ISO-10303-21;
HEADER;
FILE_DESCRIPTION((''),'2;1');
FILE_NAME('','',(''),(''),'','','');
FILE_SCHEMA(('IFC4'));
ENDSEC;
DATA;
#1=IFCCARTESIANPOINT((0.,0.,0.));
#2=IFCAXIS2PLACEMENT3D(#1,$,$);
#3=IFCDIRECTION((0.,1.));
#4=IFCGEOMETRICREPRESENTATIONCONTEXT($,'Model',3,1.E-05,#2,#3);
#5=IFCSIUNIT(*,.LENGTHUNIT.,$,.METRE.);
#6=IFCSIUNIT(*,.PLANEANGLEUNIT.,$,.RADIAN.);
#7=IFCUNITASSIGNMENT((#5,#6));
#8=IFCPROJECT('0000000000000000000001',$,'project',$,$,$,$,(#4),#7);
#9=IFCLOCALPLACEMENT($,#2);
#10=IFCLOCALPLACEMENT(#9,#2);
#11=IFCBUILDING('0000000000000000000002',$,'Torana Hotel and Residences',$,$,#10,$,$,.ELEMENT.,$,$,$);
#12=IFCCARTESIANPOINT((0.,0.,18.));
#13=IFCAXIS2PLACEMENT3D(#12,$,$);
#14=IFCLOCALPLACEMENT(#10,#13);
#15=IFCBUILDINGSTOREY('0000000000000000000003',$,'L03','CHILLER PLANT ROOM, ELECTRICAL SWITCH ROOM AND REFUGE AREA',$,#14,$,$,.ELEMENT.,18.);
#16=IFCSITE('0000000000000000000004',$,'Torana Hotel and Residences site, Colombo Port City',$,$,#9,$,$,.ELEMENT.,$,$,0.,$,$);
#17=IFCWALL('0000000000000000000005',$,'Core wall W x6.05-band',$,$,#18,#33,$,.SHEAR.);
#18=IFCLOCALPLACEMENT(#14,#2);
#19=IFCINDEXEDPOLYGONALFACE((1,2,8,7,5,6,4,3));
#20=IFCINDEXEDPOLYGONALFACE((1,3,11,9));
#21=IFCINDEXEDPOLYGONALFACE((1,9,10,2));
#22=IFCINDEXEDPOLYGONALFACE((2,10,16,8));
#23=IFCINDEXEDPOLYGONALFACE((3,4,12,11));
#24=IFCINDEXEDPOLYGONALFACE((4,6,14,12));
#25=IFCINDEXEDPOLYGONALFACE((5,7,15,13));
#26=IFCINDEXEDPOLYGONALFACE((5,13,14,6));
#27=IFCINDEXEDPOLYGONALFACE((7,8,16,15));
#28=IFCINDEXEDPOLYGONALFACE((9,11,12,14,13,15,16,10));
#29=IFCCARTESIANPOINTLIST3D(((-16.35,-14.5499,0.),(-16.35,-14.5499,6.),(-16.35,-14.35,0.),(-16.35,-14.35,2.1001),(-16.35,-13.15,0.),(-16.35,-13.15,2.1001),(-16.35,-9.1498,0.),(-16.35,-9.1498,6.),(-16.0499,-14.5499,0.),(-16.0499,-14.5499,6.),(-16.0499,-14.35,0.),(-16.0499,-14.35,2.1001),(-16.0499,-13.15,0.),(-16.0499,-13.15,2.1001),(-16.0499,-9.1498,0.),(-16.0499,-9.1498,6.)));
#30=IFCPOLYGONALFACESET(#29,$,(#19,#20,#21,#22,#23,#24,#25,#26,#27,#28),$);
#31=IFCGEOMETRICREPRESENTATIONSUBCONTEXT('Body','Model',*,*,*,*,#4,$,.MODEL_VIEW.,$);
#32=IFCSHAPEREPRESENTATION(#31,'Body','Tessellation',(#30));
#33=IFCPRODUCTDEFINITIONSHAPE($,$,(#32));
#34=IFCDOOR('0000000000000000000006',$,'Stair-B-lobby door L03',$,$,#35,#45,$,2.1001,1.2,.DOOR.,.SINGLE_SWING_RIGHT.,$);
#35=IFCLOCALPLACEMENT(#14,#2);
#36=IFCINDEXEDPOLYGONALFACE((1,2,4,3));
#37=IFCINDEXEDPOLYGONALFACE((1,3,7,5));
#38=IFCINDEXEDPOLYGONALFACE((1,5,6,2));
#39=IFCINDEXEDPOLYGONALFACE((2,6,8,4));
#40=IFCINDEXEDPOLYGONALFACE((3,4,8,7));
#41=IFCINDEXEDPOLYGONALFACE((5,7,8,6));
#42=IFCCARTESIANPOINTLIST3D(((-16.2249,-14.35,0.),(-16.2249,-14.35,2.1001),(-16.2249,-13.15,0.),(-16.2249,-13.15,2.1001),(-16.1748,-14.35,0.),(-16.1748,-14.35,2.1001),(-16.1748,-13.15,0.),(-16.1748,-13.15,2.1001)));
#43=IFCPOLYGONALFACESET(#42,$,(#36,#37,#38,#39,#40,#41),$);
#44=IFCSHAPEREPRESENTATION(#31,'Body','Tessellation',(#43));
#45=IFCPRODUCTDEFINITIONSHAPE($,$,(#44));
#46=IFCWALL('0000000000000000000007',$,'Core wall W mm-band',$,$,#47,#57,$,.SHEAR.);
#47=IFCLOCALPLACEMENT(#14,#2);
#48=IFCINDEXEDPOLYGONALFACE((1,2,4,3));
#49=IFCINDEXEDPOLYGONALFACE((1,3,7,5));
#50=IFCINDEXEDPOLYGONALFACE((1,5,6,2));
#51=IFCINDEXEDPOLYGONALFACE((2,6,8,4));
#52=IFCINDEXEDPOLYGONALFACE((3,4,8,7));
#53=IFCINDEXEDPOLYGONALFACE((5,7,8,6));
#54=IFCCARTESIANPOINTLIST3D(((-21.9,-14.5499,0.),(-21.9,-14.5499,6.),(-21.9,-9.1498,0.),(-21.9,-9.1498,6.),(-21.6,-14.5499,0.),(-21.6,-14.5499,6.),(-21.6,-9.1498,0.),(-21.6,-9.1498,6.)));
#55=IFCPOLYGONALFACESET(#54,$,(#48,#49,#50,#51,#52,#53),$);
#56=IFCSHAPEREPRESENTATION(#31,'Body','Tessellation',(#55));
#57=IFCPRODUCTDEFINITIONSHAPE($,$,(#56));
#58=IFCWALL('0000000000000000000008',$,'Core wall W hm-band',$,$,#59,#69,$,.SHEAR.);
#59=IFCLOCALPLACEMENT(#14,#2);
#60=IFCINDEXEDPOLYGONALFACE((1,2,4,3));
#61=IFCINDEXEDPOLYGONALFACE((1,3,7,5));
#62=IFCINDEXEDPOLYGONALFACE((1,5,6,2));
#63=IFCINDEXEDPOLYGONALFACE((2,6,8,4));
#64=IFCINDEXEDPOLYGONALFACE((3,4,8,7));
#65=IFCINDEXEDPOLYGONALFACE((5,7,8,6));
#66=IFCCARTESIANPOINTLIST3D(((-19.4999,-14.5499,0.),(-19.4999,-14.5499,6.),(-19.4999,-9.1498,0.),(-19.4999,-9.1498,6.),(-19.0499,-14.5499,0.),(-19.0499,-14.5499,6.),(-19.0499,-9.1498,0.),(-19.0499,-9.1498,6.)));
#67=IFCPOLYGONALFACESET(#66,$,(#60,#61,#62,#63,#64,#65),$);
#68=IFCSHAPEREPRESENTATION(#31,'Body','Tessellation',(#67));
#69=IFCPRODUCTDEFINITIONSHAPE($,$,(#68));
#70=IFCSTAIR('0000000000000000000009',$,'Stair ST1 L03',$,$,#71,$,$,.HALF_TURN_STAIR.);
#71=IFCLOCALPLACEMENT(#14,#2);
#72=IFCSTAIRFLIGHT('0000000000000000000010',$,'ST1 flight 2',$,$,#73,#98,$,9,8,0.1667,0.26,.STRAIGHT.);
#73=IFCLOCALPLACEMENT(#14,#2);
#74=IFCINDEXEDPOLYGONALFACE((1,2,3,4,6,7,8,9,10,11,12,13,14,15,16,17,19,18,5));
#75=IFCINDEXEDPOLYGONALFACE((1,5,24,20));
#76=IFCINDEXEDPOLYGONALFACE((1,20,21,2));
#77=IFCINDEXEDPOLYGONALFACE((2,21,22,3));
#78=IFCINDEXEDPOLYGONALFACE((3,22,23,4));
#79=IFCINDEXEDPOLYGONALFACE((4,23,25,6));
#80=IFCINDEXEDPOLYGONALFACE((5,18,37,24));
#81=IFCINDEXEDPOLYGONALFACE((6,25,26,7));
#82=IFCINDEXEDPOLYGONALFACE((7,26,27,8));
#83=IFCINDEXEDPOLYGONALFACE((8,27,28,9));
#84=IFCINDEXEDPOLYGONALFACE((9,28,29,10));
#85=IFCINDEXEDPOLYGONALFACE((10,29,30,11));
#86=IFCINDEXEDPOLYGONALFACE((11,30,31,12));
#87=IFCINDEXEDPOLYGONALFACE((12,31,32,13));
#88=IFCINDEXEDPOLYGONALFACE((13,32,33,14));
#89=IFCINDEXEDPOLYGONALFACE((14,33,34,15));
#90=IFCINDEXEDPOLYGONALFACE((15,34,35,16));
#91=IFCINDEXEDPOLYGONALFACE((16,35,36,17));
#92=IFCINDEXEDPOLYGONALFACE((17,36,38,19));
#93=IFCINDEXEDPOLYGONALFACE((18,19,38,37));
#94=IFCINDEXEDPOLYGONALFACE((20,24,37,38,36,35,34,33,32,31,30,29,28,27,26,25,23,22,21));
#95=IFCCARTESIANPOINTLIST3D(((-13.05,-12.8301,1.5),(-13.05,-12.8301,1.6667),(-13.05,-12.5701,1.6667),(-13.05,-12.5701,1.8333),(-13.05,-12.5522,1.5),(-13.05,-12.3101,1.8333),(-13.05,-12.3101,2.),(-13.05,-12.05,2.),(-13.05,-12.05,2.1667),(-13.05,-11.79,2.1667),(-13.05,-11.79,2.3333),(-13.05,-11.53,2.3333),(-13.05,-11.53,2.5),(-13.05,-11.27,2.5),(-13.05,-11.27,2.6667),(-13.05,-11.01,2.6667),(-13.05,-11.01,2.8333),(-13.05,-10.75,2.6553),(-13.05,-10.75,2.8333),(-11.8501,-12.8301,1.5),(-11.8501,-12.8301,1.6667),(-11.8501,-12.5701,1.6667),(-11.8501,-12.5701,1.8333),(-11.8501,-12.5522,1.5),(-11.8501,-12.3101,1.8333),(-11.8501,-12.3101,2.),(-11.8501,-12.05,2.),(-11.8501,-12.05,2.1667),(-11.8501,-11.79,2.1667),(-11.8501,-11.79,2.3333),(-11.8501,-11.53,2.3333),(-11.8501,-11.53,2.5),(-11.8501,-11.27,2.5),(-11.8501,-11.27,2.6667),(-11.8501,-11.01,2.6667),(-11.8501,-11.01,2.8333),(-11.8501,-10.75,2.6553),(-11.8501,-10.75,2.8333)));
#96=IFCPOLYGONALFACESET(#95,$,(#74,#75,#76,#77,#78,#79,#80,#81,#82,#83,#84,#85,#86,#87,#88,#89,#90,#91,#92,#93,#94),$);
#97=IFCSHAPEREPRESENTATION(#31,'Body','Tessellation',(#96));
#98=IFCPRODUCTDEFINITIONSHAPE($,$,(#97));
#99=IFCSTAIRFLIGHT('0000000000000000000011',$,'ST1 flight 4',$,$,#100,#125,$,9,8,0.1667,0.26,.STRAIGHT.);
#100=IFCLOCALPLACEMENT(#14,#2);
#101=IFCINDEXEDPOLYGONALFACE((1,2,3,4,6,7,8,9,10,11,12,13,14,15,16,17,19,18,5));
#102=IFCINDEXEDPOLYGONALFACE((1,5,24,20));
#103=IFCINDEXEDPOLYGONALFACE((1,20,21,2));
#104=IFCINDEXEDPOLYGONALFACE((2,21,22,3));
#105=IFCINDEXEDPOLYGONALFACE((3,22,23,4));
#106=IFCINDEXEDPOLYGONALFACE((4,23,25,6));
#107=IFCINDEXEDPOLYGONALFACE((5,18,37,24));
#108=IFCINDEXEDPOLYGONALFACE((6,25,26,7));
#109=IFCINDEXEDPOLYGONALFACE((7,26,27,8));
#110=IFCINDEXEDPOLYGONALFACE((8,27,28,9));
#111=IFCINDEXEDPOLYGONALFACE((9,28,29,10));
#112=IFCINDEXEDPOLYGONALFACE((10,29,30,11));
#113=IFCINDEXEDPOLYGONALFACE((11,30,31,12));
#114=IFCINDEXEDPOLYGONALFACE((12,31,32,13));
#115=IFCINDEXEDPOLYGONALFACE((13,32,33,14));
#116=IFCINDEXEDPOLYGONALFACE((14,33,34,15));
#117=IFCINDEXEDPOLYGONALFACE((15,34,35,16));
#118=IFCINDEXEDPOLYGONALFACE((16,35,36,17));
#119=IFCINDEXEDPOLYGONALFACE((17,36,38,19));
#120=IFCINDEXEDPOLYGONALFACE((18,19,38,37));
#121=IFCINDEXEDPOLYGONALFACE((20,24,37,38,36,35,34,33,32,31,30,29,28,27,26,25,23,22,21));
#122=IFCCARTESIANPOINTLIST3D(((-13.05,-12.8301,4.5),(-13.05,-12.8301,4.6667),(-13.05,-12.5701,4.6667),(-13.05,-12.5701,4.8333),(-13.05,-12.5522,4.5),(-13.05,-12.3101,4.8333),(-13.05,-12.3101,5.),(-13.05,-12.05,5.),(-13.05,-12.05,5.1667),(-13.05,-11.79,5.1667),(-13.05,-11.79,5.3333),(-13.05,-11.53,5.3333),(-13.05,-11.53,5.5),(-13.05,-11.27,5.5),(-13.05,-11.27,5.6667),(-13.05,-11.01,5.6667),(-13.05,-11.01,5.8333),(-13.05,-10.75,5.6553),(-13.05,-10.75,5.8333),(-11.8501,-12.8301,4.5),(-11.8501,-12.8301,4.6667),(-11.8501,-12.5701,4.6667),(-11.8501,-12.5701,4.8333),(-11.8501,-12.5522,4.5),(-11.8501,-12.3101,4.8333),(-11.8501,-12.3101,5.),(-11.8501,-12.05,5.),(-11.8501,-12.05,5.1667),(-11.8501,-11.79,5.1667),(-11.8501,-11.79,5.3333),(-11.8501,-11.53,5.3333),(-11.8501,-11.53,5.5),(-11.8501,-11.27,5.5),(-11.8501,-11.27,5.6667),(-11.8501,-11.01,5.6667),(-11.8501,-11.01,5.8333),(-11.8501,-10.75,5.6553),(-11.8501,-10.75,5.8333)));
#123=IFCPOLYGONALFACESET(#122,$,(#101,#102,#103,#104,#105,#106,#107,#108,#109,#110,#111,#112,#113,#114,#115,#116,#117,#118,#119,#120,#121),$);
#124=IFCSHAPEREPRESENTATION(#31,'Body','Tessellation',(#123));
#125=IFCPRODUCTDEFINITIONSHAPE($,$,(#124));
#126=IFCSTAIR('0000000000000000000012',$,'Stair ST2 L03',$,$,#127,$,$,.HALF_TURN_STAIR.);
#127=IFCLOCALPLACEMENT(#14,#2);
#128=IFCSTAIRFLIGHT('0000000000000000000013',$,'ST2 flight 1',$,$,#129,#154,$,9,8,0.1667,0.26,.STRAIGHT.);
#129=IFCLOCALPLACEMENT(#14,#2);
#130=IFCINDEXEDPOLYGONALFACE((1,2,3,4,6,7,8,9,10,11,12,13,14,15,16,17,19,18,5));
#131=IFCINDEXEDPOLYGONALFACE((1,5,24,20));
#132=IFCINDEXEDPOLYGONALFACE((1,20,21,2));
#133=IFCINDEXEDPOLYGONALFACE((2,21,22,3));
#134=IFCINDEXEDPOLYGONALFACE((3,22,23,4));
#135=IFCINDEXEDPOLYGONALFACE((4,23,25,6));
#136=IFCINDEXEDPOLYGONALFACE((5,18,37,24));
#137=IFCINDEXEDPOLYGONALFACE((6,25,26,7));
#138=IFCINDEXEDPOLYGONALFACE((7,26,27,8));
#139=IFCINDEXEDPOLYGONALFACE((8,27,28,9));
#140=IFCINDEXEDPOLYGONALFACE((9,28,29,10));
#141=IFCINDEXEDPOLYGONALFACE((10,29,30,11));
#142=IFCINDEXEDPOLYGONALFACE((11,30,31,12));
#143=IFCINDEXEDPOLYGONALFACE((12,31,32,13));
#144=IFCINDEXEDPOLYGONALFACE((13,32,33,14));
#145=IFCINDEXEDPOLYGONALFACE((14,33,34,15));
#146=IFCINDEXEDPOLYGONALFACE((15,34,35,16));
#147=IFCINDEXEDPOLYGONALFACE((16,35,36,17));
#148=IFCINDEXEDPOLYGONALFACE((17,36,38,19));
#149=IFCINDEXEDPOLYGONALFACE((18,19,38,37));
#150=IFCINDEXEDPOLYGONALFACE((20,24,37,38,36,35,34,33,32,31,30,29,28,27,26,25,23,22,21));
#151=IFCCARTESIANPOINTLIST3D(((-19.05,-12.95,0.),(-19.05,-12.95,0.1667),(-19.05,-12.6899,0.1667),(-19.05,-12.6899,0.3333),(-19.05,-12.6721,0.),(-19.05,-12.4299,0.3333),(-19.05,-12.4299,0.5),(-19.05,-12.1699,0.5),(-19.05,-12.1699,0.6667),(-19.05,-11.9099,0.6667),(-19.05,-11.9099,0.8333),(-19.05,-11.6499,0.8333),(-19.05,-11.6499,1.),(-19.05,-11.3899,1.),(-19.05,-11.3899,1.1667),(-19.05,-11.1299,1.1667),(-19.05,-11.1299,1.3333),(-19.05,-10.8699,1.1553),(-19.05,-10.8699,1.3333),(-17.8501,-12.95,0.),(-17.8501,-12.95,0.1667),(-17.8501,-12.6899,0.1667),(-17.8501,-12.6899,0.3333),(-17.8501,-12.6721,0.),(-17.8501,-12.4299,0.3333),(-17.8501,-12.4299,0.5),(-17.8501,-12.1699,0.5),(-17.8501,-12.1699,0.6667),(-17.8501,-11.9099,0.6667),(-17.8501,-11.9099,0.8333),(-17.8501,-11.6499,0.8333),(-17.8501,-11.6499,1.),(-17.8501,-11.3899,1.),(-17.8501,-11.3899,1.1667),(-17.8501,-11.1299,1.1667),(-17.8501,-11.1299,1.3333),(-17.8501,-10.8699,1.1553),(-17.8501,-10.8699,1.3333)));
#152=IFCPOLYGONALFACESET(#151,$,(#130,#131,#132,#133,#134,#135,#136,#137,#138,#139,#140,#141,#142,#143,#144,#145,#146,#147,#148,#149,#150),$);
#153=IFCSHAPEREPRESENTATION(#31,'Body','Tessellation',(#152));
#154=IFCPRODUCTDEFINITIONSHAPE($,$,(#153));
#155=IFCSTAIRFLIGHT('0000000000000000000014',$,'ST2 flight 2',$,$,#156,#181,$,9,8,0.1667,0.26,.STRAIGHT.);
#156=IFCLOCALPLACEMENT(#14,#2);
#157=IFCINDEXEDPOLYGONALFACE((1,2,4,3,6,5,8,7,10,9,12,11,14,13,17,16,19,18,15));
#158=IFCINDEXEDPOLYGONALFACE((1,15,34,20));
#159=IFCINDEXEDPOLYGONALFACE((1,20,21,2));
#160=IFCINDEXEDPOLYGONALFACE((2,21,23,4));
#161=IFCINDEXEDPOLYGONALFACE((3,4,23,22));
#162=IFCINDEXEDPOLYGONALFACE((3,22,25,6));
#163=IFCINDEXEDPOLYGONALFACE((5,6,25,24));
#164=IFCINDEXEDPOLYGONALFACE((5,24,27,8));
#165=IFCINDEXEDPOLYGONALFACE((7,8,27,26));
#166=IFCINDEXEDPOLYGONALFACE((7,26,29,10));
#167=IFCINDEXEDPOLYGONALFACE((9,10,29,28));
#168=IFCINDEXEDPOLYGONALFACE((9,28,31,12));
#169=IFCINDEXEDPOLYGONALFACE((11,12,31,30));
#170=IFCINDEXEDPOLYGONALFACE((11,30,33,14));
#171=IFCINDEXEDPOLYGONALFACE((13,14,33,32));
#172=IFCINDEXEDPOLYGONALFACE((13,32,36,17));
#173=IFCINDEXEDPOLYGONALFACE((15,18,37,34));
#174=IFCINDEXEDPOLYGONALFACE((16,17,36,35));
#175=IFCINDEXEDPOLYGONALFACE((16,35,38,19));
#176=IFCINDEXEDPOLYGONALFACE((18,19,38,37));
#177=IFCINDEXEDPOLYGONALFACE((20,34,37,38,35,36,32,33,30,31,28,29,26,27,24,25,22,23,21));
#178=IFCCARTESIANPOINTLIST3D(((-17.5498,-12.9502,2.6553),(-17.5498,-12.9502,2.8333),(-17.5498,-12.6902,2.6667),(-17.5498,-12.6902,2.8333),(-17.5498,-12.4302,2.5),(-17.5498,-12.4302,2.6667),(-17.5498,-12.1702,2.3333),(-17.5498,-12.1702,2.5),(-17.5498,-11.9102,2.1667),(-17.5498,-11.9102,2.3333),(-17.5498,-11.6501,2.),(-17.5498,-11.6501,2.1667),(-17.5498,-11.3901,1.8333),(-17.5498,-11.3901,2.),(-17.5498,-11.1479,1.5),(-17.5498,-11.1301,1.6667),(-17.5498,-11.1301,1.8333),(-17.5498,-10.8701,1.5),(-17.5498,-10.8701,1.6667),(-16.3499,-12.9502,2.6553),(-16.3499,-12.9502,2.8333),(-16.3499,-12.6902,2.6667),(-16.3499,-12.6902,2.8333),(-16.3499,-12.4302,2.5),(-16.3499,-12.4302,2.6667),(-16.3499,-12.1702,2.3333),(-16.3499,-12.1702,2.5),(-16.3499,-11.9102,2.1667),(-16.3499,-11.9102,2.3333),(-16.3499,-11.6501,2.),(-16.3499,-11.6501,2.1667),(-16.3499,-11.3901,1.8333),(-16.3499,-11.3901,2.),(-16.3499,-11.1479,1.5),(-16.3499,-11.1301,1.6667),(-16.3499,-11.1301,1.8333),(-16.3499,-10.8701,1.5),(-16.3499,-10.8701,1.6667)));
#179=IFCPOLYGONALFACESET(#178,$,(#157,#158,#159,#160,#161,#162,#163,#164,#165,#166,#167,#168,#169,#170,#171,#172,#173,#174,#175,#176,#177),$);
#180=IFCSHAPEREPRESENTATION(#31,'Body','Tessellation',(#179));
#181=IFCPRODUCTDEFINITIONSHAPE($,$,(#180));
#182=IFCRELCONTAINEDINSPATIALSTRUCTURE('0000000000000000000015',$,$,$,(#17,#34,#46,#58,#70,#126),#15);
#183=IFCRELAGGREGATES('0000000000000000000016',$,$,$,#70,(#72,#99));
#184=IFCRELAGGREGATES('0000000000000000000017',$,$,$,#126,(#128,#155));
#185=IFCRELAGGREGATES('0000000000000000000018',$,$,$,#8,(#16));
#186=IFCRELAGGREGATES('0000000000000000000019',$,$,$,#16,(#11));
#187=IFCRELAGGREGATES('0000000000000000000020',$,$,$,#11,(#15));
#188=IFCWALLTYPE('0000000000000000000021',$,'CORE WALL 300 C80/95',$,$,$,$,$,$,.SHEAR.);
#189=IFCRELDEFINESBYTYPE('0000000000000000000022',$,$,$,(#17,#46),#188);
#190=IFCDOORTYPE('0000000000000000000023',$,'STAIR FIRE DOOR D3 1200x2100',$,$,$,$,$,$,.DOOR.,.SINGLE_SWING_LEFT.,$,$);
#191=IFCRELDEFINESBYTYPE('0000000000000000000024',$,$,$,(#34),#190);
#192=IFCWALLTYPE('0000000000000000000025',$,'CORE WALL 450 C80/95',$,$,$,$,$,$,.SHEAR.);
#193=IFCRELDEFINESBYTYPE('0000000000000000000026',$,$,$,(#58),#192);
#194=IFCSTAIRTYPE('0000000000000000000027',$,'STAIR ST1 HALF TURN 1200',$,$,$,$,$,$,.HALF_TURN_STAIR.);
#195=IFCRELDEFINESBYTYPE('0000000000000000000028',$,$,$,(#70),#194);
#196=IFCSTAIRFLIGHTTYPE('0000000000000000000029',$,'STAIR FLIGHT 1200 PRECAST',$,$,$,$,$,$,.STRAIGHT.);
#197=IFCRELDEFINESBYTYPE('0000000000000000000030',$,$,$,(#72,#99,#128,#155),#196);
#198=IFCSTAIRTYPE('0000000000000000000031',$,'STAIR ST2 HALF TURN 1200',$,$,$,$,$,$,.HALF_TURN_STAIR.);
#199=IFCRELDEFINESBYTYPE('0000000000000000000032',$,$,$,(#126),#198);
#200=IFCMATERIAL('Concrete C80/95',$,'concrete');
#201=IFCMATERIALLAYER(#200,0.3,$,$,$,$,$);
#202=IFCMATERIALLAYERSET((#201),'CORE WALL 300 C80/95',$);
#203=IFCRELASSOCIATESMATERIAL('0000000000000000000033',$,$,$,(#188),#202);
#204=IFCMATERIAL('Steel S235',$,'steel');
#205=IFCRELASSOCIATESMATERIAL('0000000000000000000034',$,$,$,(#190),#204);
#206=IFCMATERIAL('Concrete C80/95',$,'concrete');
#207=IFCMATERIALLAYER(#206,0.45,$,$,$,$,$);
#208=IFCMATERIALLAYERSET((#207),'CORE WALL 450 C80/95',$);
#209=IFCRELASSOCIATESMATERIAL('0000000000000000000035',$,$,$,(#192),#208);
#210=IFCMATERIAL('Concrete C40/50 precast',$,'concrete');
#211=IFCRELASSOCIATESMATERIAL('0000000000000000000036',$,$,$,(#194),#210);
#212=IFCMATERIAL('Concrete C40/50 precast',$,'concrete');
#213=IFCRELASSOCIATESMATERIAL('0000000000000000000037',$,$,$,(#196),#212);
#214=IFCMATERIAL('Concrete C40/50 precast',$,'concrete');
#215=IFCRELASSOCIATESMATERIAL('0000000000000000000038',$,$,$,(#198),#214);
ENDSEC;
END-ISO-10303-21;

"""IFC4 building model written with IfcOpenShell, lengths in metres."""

from ifc_helpers import new_model, si_unit, direction, frame, frame_2d, origin, place, context, subcontext, project, spatial, polyline, rectangle, outline, extrude, material, layer, layer_set, type_object, element, fill, aggregate, save


model = new_model("IFC4")

# Units and contexts
model_context = context("Model", 3, precision=1e-05, world=origin(), true_north=direction((0.0, 1.0)))
body_context = subcontext(model_context, "Body", "Model", "MODEL_VIEW")
ifc_project = project(units=[si_unit("LENGTHUNIT", "METRE"), si_unit("PLANEANGLEUNIT", "RADIAN")], contexts=[model_context])

# Site, building, storey
site_placement = place(None, origin())
site = spatial("IfcSite", under=ifc_project, at=site_placement, Name="Torana Hotel and Residences site, Colombo Port City", CompositionType="ELEMENT", RefElevation=0.0)
building_placement = place(site_placement, origin())
building = spatial("IfcBuilding", under=site, at=building_placement, Name="Torana Hotel and Residences", CompositionType="ELEMENT")
storey_placement = place(building_placement, frame((0.0, 0.0, 18.0)))
storey = spatial("IfcBuildingStorey", under=building, at=storey_placement, Name="L03", Description="CHILLER PLANT ROOM, ELECTRICAL SWITCH ROOM AND REFUGE AREA", CompositionType="ELEMENT", Elevation=18.0)

# Wall, opening, door
ifc_material_1 = material(Name="Concrete C80/95", Category="concrete")
ifc_layer_1 = layer(ifc_material_1, 0.3)
ifc_layer_set_1 = layer_set([ifc_layer_1], Name="CORE WALL 300 C80/95")
wall_type_1 = type_object("IfcWallType", Name="CORE WALL 300 C80/95", PredefinedType="SHEAR", material=ifc_layer_set_1)
ifc_material_2 = material(Name="Steel S235", Category="steel")
door_type = type_object("IfcDoorType", Name="STAIR FIRE DOOR D3 1200x2100", OperationType="SINGLE_SWING_LEFT", PredefinedType="DOOR", material=ifc_material_2)
wall_1_placement = place(storey_placement, frame((-16.2, -14.55, 0.0), z_axis=(0.0, 0.0, 1.0), x_axis=(0.0, 1.0, 0.0)))
wall_1 = element("IfcWall", 1, at=wall_1_placement, inside=storey, type_object=wall_type_1, Name="Core wall W x6.05-band", PredefinedType="SHEAR", context=body_context, shape_type="SweptSolid", body=[
    extrude(rectangle(XDim=5.4001, YDim=0.3, at=frame_2d((2.7002, 0.0))), origin(), (0.0, 0.0, 1.0), 6.0),
])
opening_1_placement = place(wall_1_placement, frame((0.2, 0.0, 0.0)))
opening_1 = element("IfcOpeningElement", 2, at=opening_1_placement, cuts=wall_1, PredefinedType="OPENING", context=body_context, shape_type="SweptSolid", body=[
    extrude(rectangle(XDim=1.2, YDim=2.1001, at=frame_2d((0.6001, 1.05))), frame((0.0, 0.1599, 0.0), z_axis=(0.0, -1.0, 0.0), x_axis=(1.0, 0.0, 0.0)), (0.0, 0.0, 1.0), 0.3201),
])
door_1_placement = place(opening_1_placement, origin())
door_1 = element("IfcDoor", 3, at=door_1_placement, inside=storey, type_object=door_type, Name="Stair-B-lobby door L03", OperationType="SINGLE_SWING_RIGHT", OverallHeight=2.1001, OverallWidth=1.2, PredefinedType="DOOR", context=body_context, shape_type="SweptSolid", body=[
    extrude(rectangle(XDim=1.2, YDim=2.1001, at=frame_2d((0.6001, 1.05))), frame((0.0, 0.0249, 0.0), z_axis=(0.0, -1.0, 0.0), x_axis=(1.0, 0.0, 0.0)), (0.0, 0.0, 1.0), 0.05),
])
fill(opening_1, door_1)

# Walls
wall_2_placement = place(storey_placement, frame((-21.75, -14.55, 0.0), z_axis=(0.0, 0.0, 1.0), x_axis=(0.0, 1.0, 0.0)))
element("IfcWall", 4, at=wall_2_placement, inside=storey, type_object=wall_type_1, Name="Core wall W mm-band", PredefinedType="SHEAR", context=body_context, shape_type="SweptSolid", body=[
    extrude(rectangle(XDim=5.4001, YDim=0.3, at=frame_2d((2.7002, 0.0))), origin(), (0.0, 0.0, 1.0), 6.0),
])
ifc_material_3 = material(Name="Concrete C80/95", Category="concrete")
ifc_layer_2 = layer(ifc_material_3, 0.45)
ifc_layer_set_2 = layer_set([ifc_layer_2], Name="CORE WALL 450 C80/95")
wall_type_2 = type_object("IfcWallType", Name="CORE WALL 450 C80/95", PredefinedType="SHEAR", material=ifc_layer_set_2)
wall_3_placement = place(storey_placement, frame((-19.2749, -14.55, 0.0), z_axis=(0.0, 0.0, 1.0), x_axis=(0.0, 1.0, 0.0)))
element("IfcWall", 5, at=wall_3_placement, inside=storey, type_object=wall_type_2, Name="Core wall W hm-band", PredefinedType="SHEAR", context=body_context, shape_type="SweptSolid", body=[
    extrude(rectangle(XDim=5.4001, YDim=0.45, at=frame_2d((2.7002, 0.0))), origin(), (0.0, 0.0, 1.0), 6.0),
])

# Stairs, stair flights
ifc_material_4 = material(Name="Concrete C40/50 precast", Category="concrete")
stair_type_1 = type_object("IfcStairType", Name="STAIR ST1 HALF TURN 1200", PredefinedType="HALF_TURN_STAIR", material=ifc_material_4)
stair_1_placement = place(storey_placement, origin())
stair_1 = element("IfcStair", 6, at=stair_1_placement, inside=storey, type_object=stair_type_1, Name="Stair ST1 L03", PredefinedType="HALF_TURN_STAIR")
ifc_material_5 = material(Name="Concrete C40/50 precast", Category="concrete")
stair_flight_type = type_object("IfcStairFlightType", Name="STAIR FLIGHT 1200 PRECAST", PredefinedType="STRAIGHT", material=ifc_material_5)
stair_flight_1_placement = place(storey_placement, frame((-12.45, -12.8301, 1.5), z_axis=(0.0, 0.0, 1.0), x_axis=(0.0, 1.0, 0.0)))
stair_flight_1 = element("IfcStairFlight", 7, at=stair_flight_1_placement, type_object=stair_flight_type, Name="ST1 flight 2", NumberOfRisers=9, NumberOfTreads=8, PredefinedType="STRAIGHT", RiserHeight=0.1667, TreadLength=0.26, context=body_context, shape_type="SweptSolid", body=[
    extrude(outline(polyline([(0.0, 0.0), (0.0, 0.1667), (0.26, 0.1667), (0.26, 0.3333), (0.52, 0.3333), (0.52, 0.5), (0.78, 0.5), (0.78, 0.6667), (1.04, 0.6667), (1.04, 0.8333), (1.3, 0.8333), (1.3, 1.0), (1.5601, 1.0), (1.5601, 1.1667), (1.8201, 1.1667), (1.8201, 1.3333), (2.0801, 1.3333), (2.0801, 1.5), (2.0801, 1.1553), (0.2778, 0.0), (0.0, 0.0)])), frame((0.0, 0.6001, 0.0), z_axis=(0.0, -1.0, 0.0), x_axis=(1.0, 0.0, 0.0)), (0.0, 0.0, 1.0), 1.2),
])
stair_flight_2_placement = place(storey_placement, frame((-12.45, -12.8301, 4.5), z_axis=(0.0, 0.0, 1.0), x_axis=(0.0, 1.0, 0.0)))
stair_flight_2 = element("IfcStairFlight", 8, at=stair_flight_2_placement, type_object=stair_flight_type, Name="ST1 flight 4", NumberOfRisers=9, NumberOfTreads=8, PredefinedType="STRAIGHT", RiserHeight=0.1667, TreadLength=0.26, context=body_context, shape_type="SweptSolid", body=[
    extrude(outline(polyline([(0.0, 0.0), (0.0, 0.1667), (0.26, 0.1667), (0.26, 0.3333), (0.52, 0.3333), (0.52, 0.5), (0.78, 0.5), (0.78, 0.6667), (1.04, 0.6667), (1.04, 0.8333), (1.3, 0.8333), (1.3, 1.0), (1.5601, 1.0), (1.5601, 1.1667), (1.8201, 1.1667), (1.8201, 1.3333), (2.0801, 1.3333), (2.0801, 1.5), (2.0801, 1.1553), (0.2778, 0.0), (0.0, 0.0)])), frame((0.0, 0.6001, 0.0), z_axis=(0.0, -1.0, 0.0), x_axis=(1.0, 0.0, 0.0)), (0.0, 0.0, 1.0), 1.2),
])
aggregate(stair_1, [stair_flight_1, stair_flight_2])
ifc_material_6 = material(Name="Concrete C40/50 precast", Category="concrete")
stair_type_2 = type_object("IfcStairType", Name="STAIR ST2 HALF TURN 1200", PredefinedType="HALF_TURN_STAIR", material=ifc_material_6)
stair_2_placement = place(storey_placement, origin())
stair_2 = element("IfcStair", 9, at=stair_2_placement, inside=storey, type_object=stair_type_2, Name="Stair ST2 L03", PredefinedType="HALF_TURN_STAIR")
stair_flight_3_placement = place(storey_placement, frame((-18.45, -12.95, 0.0), z_axis=(0.0, 0.0, 1.0), x_axis=(0.0, 1.0, 0.0)))
stair_flight_3 = element("IfcStairFlight", 10, at=stair_flight_3_placement, type_object=stair_flight_type, Name="ST2 flight 1", NumberOfRisers=9, NumberOfTreads=8, PredefinedType="STRAIGHT", RiserHeight=0.1667, TreadLength=0.26, context=body_context, shape_type="SweptSolid", body=[
    extrude(outline(polyline([(0.0, 0.0), (0.0, 0.1667), (0.26, 0.1667), (0.26, 0.3333), (0.52, 0.3333), (0.52, 0.5), (0.78, 0.5), (0.78, 0.6667), (1.04, 0.6667), (1.04, 0.8333), (1.3, 0.8333), (1.3, 1.0), (1.5601, 1.0), (1.5601, 1.1667), (1.8201, 1.1667), (1.8201, 1.3333), (2.0801, 1.3333), (2.0801, 1.5), (2.0801, 1.1553), (0.2778, 0.0), (0.0, 0.0)])), frame((0.0, 0.6001, 0.0), z_axis=(0.0, -1.0, 0.0), x_axis=(1.0, 0.0, 0.0)), (0.0, 0.0, 1.0), 1.2),
])
stair_flight_4_placement = place(storey_placement, frame((-16.95, -10.8701, 1.5), z_axis=(0.0, 0.0, 1.0), x_axis=(0.0, -1.0, 0.0)))
stair_flight_4 = element("IfcStairFlight", 11, at=stair_flight_4_placement, type_object=stair_flight_type, Name="ST2 flight 2", NumberOfRisers=9, NumberOfTreads=8, PredefinedType="STRAIGHT", RiserHeight=0.1667, TreadLength=0.26, context=body_context, shape_type="SweptSolid", body=[
    extrude(outline(polyline([(0.0, 0.0), (0.0, 0.1667), (0.26, 0.1667), (0.26, 0.3333), (0.52, 0.3333), (0.52, 0.5), (0.78, 0.5), (0.78, 0.6667), (1.04, 0.6667), (1.04, 0.8333), (1.3, 0.8333), (1.3, 1.0), (1.5601, 1.0), (1.5601, 1.1667), (1.8201, 1.1667), (1.8201, 1.3333), (2.0801, 1.3333), (2.0801, 1.5), (2.0801, 1.1553), (0.2778, 0.0), (0.0, 0.0)])), frame((0.0, 0.6001, 0.0), z_axis=(0.0, -1.0, 0.0), x_axis=(1.0, 0.0, 0.0)), (0.0, 0.0, 1.0), 1.2),
])
aggregate(stair_2, [stair_flight_3, stair_flight_4])

save(model, "model.ifc")
